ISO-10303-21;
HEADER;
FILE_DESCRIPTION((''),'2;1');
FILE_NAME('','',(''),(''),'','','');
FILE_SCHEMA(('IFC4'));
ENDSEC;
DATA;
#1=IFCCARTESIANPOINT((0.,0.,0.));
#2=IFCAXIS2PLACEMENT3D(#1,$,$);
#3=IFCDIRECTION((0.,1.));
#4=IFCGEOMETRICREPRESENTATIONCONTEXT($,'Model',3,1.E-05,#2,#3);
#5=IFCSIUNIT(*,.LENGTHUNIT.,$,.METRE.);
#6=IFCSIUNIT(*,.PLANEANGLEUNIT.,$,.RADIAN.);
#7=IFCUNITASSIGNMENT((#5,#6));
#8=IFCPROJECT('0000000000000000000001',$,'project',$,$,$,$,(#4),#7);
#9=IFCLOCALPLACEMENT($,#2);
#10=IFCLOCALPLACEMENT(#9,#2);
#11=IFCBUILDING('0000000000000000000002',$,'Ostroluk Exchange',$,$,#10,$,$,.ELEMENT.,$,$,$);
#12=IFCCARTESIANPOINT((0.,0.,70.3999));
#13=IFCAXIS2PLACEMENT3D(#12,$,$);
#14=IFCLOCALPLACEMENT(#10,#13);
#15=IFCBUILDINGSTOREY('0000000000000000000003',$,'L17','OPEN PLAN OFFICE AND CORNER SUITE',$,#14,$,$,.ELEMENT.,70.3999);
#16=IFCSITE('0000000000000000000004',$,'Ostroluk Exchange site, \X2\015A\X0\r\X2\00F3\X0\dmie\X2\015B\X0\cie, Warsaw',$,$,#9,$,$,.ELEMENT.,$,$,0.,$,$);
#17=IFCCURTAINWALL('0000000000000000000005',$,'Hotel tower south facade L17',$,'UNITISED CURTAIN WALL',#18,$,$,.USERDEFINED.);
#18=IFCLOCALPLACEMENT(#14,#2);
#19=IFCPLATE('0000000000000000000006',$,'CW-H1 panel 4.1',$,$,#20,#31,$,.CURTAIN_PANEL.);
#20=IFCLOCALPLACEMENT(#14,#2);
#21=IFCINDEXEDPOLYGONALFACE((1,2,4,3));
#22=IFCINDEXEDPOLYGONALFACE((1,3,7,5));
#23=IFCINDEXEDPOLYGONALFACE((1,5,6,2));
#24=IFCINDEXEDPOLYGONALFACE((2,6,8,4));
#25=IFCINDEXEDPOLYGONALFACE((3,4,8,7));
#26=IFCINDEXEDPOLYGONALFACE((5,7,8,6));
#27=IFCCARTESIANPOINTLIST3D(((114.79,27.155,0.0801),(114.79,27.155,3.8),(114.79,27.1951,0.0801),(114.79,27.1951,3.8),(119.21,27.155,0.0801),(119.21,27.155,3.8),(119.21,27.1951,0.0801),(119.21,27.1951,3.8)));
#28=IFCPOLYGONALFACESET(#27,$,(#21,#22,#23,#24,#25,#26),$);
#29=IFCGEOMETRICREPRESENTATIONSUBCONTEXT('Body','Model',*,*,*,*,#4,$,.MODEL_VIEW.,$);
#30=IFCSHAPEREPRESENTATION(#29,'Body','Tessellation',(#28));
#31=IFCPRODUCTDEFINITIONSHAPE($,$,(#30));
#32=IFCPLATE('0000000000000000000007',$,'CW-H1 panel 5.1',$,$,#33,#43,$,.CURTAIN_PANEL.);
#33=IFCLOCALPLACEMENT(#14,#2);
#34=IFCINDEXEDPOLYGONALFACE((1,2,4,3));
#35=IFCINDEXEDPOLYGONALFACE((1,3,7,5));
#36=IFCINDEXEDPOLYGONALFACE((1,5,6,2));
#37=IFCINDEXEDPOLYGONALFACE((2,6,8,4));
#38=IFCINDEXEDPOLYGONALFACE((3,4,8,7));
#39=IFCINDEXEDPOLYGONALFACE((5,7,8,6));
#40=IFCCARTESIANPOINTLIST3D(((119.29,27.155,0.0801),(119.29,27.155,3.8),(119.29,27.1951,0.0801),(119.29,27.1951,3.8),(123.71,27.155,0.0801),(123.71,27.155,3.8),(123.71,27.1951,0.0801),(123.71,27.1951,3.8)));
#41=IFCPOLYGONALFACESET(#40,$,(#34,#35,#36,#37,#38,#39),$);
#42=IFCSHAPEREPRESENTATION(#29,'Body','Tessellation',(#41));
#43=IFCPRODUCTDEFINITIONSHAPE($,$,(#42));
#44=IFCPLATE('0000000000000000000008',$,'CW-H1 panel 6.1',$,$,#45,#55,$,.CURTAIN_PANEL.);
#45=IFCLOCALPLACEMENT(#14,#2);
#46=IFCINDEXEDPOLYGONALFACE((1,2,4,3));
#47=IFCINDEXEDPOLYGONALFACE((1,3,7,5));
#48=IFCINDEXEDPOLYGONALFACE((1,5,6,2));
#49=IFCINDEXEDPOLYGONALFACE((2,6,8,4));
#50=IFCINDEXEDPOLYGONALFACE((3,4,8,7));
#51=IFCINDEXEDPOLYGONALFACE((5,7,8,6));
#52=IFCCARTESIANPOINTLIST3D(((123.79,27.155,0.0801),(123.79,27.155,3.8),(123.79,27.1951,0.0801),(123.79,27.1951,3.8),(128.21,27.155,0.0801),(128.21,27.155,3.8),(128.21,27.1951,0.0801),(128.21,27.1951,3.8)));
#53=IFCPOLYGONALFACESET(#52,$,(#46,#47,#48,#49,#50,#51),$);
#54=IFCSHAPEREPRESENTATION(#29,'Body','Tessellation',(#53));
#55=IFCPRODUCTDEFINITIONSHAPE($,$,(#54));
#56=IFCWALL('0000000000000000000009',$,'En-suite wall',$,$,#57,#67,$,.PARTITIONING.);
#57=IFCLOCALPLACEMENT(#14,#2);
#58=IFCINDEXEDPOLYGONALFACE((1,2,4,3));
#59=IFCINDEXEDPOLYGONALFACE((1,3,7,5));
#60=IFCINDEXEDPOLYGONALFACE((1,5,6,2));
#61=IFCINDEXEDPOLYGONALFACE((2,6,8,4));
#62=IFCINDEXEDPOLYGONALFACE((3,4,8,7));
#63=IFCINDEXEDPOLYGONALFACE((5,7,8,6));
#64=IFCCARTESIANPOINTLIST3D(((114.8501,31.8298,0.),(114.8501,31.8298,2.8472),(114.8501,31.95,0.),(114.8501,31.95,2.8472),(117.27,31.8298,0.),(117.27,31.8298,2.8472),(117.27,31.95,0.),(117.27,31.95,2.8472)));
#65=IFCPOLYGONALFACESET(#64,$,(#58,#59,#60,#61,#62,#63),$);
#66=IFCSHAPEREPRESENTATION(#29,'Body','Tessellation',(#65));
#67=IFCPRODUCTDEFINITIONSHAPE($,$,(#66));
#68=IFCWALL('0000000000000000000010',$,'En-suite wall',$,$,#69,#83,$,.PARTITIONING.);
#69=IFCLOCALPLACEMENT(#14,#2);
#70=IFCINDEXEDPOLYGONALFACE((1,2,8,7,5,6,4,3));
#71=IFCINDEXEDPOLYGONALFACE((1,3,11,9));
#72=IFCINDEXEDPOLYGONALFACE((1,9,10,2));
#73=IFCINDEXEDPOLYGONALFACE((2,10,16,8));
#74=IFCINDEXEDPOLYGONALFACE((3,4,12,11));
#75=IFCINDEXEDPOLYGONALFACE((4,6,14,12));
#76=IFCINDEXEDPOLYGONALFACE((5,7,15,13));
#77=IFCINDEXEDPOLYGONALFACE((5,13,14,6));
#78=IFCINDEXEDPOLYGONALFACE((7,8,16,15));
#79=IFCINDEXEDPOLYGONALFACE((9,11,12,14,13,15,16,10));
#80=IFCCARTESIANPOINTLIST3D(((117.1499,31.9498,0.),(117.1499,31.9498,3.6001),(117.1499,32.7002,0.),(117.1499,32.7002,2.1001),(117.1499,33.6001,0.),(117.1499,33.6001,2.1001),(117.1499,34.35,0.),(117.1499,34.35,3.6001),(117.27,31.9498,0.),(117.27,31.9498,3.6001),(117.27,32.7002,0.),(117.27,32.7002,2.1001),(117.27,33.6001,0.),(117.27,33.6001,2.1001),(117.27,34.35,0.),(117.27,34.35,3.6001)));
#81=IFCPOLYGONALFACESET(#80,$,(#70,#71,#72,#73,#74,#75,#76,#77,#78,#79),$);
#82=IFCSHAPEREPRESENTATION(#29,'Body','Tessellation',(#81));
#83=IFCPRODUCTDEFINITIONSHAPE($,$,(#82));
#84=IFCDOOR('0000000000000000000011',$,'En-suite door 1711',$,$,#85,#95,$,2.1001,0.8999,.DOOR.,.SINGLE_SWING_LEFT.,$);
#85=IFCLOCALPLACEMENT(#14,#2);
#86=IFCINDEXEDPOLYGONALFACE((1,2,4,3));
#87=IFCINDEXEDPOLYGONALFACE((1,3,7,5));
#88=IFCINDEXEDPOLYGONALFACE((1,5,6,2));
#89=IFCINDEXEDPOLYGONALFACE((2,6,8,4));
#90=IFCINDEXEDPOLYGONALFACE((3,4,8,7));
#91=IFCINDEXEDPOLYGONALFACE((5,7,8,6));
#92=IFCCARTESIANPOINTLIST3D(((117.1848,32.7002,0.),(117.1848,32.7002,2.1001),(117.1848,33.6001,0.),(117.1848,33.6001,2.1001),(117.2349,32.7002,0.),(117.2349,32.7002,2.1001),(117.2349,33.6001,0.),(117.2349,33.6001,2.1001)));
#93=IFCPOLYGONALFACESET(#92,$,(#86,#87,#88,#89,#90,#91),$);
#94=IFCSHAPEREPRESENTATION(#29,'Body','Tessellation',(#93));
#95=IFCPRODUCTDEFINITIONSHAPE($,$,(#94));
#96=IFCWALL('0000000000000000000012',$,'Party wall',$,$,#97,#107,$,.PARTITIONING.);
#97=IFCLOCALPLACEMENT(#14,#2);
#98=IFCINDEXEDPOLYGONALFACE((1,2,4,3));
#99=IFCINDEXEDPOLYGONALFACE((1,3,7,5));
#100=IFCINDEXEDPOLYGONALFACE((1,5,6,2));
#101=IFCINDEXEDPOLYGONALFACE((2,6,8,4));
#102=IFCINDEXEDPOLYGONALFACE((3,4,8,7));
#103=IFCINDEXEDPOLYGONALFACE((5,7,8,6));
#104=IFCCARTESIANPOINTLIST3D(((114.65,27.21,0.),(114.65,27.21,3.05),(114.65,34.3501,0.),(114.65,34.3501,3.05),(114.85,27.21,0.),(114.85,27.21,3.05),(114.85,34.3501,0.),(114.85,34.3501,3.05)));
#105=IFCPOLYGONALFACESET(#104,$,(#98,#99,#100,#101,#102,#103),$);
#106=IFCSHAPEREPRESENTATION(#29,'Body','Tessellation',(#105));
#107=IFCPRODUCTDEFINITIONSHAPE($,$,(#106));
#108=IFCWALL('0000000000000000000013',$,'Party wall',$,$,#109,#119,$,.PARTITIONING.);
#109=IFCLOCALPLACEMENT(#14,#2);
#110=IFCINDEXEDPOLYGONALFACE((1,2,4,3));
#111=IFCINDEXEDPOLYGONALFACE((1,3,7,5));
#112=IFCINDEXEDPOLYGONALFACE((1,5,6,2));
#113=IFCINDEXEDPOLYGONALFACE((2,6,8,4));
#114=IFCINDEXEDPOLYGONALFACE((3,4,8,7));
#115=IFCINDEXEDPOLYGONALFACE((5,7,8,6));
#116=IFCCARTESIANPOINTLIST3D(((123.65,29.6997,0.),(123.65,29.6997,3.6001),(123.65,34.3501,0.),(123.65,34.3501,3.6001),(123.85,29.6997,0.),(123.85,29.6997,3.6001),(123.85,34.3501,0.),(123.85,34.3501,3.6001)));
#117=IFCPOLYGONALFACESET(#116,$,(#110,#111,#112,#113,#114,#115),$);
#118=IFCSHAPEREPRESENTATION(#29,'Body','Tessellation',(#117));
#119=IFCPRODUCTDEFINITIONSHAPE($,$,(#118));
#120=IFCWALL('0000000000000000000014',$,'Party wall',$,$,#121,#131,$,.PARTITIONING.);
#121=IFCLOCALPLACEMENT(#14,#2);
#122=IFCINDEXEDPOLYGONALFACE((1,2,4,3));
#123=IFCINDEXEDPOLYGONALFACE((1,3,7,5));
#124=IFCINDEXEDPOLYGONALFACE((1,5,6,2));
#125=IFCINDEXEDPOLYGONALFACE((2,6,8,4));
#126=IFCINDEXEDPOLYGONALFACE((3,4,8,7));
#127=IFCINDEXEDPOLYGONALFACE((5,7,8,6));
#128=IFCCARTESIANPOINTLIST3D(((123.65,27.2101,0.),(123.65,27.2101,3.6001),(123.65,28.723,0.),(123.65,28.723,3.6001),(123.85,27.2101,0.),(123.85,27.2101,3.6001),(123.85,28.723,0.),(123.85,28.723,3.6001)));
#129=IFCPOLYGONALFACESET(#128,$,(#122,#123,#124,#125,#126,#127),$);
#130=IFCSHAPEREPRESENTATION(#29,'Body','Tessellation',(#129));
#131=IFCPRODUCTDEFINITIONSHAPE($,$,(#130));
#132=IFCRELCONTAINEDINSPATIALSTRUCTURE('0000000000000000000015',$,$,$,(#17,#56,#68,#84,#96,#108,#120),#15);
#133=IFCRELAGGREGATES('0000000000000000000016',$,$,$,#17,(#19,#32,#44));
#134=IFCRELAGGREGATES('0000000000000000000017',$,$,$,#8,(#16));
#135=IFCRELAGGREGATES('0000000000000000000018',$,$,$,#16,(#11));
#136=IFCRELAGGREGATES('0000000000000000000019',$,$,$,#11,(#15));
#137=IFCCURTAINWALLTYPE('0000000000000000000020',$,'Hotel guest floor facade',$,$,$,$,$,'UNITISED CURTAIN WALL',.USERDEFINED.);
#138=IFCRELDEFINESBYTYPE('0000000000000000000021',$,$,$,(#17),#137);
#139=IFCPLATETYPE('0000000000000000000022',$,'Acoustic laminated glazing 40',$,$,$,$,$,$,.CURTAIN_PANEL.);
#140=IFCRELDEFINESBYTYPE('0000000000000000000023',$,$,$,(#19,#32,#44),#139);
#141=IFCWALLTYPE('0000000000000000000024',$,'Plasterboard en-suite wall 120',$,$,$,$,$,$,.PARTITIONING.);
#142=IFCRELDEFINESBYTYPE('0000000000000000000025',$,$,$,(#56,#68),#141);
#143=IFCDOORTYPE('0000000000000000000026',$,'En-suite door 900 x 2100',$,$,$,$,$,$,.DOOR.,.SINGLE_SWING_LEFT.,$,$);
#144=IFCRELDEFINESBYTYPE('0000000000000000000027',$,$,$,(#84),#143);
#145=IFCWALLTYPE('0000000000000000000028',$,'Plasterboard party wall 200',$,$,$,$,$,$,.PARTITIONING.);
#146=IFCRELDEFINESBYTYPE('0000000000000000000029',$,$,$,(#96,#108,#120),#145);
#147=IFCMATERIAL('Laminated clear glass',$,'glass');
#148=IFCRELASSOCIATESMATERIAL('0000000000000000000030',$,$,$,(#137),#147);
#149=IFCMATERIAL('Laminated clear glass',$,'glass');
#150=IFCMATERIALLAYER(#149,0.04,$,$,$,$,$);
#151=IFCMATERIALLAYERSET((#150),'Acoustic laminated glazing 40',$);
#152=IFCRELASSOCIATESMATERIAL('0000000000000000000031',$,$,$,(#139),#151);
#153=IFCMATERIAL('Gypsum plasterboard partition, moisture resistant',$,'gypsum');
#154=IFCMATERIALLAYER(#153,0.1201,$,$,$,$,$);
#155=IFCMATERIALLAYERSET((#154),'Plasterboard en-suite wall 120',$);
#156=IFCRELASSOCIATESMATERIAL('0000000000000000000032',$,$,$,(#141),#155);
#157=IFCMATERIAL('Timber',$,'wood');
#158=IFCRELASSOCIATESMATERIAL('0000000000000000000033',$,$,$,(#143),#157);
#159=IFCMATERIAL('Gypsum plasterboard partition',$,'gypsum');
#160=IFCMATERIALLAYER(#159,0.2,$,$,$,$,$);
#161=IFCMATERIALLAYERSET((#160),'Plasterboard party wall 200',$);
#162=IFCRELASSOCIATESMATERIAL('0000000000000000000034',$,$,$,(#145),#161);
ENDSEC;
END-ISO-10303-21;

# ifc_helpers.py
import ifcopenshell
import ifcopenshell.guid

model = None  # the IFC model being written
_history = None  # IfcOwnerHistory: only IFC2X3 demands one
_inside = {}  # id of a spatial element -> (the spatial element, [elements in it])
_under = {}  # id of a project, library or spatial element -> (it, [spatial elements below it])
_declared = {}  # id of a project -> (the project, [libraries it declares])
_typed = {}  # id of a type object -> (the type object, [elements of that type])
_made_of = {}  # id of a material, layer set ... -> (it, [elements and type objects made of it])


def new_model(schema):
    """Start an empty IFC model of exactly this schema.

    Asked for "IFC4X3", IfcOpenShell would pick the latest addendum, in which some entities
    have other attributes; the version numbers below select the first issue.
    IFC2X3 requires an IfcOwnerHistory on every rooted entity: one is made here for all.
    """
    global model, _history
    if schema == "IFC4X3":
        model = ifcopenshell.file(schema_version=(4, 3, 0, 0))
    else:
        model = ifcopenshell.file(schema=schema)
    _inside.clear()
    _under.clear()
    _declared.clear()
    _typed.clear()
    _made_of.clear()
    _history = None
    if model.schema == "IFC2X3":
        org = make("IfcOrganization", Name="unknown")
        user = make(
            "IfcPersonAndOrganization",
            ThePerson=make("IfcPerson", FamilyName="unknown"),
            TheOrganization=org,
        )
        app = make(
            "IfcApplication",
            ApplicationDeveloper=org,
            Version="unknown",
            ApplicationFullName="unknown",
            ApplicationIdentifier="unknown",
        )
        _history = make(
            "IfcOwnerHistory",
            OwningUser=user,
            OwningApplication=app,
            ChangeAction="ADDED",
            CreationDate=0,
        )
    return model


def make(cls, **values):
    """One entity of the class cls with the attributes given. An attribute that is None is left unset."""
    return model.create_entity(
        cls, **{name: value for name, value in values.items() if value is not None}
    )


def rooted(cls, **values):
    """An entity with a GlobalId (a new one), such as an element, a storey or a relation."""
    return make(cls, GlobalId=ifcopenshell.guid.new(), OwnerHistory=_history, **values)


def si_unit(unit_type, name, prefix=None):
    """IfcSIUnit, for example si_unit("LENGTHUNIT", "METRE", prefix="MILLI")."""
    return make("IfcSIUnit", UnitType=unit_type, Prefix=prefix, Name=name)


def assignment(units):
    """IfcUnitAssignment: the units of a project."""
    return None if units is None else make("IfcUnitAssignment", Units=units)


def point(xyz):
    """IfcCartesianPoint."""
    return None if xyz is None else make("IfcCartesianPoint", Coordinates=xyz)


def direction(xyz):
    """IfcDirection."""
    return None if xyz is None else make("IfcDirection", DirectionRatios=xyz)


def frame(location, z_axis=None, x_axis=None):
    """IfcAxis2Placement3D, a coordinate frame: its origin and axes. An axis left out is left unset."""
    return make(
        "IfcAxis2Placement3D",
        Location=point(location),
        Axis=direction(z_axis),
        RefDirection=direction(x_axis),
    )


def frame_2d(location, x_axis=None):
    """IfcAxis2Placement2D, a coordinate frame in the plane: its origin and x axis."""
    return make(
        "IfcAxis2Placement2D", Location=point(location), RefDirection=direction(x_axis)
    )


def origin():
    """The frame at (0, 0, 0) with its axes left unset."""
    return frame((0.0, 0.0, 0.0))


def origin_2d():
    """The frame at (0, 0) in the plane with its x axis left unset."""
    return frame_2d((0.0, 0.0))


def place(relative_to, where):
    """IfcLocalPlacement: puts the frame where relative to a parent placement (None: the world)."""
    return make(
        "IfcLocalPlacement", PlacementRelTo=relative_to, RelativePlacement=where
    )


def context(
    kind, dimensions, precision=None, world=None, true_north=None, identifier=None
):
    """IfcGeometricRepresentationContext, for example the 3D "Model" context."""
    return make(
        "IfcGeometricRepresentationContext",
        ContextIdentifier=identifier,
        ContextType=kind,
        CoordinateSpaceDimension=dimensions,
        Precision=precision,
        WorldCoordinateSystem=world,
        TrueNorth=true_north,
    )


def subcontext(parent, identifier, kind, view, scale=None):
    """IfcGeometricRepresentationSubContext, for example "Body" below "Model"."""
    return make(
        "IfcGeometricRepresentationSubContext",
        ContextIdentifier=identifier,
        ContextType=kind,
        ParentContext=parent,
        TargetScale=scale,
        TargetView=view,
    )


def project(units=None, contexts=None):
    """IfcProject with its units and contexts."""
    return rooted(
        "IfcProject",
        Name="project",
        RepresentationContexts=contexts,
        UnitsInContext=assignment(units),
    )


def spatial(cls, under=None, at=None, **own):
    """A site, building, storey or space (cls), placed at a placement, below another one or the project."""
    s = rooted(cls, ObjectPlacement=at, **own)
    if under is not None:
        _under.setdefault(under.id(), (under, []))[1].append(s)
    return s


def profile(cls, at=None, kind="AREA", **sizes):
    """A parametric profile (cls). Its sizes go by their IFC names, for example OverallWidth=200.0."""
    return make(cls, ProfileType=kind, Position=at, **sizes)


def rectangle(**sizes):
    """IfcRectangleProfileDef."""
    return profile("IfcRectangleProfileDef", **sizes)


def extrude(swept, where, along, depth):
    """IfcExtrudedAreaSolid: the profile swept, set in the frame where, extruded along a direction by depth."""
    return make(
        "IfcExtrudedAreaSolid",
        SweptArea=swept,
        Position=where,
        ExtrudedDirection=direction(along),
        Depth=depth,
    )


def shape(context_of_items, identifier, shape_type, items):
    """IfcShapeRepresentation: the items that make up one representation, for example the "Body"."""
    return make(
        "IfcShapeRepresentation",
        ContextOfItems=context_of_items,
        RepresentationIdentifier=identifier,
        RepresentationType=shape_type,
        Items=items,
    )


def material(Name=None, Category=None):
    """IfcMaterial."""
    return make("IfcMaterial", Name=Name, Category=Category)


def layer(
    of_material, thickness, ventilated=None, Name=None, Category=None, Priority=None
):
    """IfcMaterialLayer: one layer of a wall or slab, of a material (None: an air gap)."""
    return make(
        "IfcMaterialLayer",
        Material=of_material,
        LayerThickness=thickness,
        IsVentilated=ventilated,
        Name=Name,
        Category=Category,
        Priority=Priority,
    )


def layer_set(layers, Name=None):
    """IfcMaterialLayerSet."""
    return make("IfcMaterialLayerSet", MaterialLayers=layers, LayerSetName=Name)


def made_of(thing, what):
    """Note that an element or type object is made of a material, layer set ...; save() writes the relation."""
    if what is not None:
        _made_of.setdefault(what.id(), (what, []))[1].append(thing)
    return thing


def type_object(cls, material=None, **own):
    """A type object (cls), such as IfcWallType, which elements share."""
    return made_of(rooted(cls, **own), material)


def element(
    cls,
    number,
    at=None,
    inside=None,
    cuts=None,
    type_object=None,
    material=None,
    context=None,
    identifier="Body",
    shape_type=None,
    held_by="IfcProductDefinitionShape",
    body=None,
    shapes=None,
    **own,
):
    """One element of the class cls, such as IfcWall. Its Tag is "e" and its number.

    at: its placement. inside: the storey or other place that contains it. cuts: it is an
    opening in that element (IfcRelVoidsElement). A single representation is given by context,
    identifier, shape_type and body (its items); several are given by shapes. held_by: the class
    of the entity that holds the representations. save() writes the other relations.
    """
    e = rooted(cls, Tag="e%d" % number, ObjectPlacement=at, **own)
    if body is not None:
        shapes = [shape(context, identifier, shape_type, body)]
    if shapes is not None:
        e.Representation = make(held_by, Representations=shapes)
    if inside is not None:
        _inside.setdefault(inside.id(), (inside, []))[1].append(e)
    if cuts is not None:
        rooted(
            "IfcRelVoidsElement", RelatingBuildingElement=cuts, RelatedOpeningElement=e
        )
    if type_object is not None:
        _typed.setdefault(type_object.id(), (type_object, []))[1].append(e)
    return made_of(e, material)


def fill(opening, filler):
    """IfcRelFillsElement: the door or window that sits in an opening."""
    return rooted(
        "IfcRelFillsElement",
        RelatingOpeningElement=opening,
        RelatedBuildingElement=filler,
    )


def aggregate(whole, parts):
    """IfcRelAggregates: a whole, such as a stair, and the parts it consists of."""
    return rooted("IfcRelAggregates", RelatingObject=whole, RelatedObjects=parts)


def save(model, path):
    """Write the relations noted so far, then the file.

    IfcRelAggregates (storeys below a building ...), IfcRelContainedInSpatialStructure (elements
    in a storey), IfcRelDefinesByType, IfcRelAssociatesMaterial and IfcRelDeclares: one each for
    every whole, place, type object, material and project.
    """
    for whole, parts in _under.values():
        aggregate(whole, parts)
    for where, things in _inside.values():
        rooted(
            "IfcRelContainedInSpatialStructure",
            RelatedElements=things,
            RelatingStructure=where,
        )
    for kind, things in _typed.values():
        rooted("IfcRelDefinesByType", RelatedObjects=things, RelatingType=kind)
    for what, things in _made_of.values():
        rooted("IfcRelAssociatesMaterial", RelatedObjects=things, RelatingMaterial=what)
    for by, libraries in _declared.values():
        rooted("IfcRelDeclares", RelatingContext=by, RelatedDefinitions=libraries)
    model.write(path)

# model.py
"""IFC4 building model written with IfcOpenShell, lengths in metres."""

from ifc_helpers import new_model, si_unit, direction, frame, frame_2d, origin, origin_2d, place, context, subcontext, project, spatial, rectangle, extrude, material, layer, layer_set, type_object, element, fill, aggregate, save


model = new_model("IFC4")

# Units and contexts
model_context = context("Model", 3, precision=1e-05, world=origin(), true_north=direction((0.0, 1.0)))
body_context = subcontext(model_context, "Body", "Model", "MODEL_VIEW")
ifc_project = project(units=[si_unit("LENGTHUNIT", "METRE"), si_unit("PLANEANGLEUNIT", "RADIAN")], contexts=[model_context])

# Site, building, storey
site_placement = place(None, origin())
site = spatial("IfcSite", under=ifc_project, at=site_placement, Name="Ostroluk Exchange site, Śródmieście, Warsaw", CompositionType="ELEMENT", RefElevation=0.0)
building_placement = place(site_placement, origin())
building = spatial("IfcBuilding", under=site, at=building_placement, Name="Ostroluk Exchange", CompositionType="ELEMENT")
storey_placement = place(building_placement, frame((0.0, 0.0, 70.3999)))
storey = spatial("IfcBuildingStorey", under=building, at=storey_placement, Name="L17", Description="OPEN PLAN OFFICE AND CORNER SUITE", CompositionType="ELEMENT", Elevation=70.3999)

# Curtain wall, plates
ifc_material_1 = material(Name="Laminated clear glass", Category="glass")
curtain_wall_type = type_object("IfcCurtainWallType", Name="Hotel guest floor facade", ElementType="UNITISED CURTAIN WALL", PredefinedType="USERDEFINED", material=ifc_material_1)
curtain_wall_placement = place(storey_placement, origin())
curtain_wall = element("IfcCurtainWall", 1, at=curtain_wall_placement, inside=storey, type_object=curtain_wall_type, Name="Hotel tower south facade L17", ObjectType="UNITISED CURTAIN WALL", PredefinedType="USERDEFINED")
ifc_material_2 = material(Name="Laminated clear glass", Category="glass")
ifc_layer_1 = layer(ifc_material_2, 0.04)
ifc_layer_set_1 = layer_set([ifc_layer_1], Name="Acoustic laminated glazing 40")
plate_type = type_object("IfcPlateType", Name="Acoustic laminated glazing 40", PredefinedType="CURTAIN_PANEL", material=ifc_layer_set_1)
plate_1_placement = place(storey_placement, frame((117.0, 27.175, 0.0801), z_axis=(0.0, 0.0, 1.0), x_axis=(1.0, 0.0, 0.0)))
plate_1 = element("IfcPlate", 2, at=plate_1_placement, type_object=plate_type, Name="CW-H1 panel 4.1", PredefinedType="CURTAIN_PANEL", context=body_context, shape_type="SweptSolid", body=[
    extrude(rectangle(XDim=4.4199, YDim=0.04, at=origin_2d()), origin(), (0.0, 0.0, 1.0), 3.72),
])
plate_2_placement = place(storey_placement, frame((121.5, 27.175, 0.0801), z_axis=(0.0, 0.0, 1.0), x_axis=(1.0, 0.0, 0.0)))
plate_2 = element("IfcPlate", 3, at=plate_2_placement, type_object=plate_type, Name="CW-H1 panel 5.1", PredefinedType="CURTAIN_PANEL", context=body_context, shape_type="SweptSolid", body=[
    extrude(rectangle(XDim=4.4199, YDim=0.04, at=origin_2d()), origin(), (0.0, 0.0, 1.0), 3.72),
])
plate_3_placement = place(storey_placement, frame((126.0, 27.175, 0.0801), z_axis=(0.0, 0.0, 1.0), x_axis=(1.0, 0.0, 0.0)))
plate_3 = element("IfcPlate", 4, at=plate_3_placement, type_object=plate_type, Name="CW-H1 panel 6.1", PredefinedType="CURTAIN_PANEL", context=body_context, shape_type="SweptSolid", body=[
    extrude(rectangle(XDim=4.4199, YDim=0.04, at=origin_2d()), origin(), (0.0, 0.0, 1.0), 3.72),
])
aggregate(curtain_wall, [plate_1, plate_2, plate_3])

# Wall
ifc_material_3 = material(Name="Gypsum plasterboard partition, moisture resistant", Category="gypsum")
ifc_layer_2 = layer(ifc_material_3, 0.1201)
ifc_layer_set_2 = layer_set([ifc_layer_2], Name="Plasterboard en-suite wall 120")
wall_type_1 = type_object("IfcWallType", Name="Plasterboard en-suite wall 120", PredefinedType="PARTITIONING", material=ifc_layer_set_2)
wall_1_placement = place(storey_placement, frame((114.8501, 31.8899, 0.0), z_axis=(0.0, 0.0, 1.0), x_axis=(1.0, 0.0, 0.0)))
element("IfcWall", 5, at=wall_1_placement, inside=storey, type_object=wall_type_1, Name="En-suite wall", PredefinedType="PARTITIONING", context=body_context, shape_type="SweptSolid", body=[
    extrude(rectangle(XDim=2.4199, YDim=0.1201, at=frame_2d((1.21, 0.0))), origin(), (0.0, 0.0, 1.0), 2.8472),
])

# Wall, opening, door
wall_2_placement = place(storey_placement, frame((117.21, 34.3501, 0.0), z_axis=(0.0, 0.0, 1.0), x_axis=(0.0, -1.0, 0.0)))
wall_2 = element("IfcWall", 6, at=wall_2_placement, inside=storey, type_object=wall_type_1, Name="En-suite wall", PredefinedType="PARTITIONING", context=body_context, shape_type="SweptSolid", body=[
    extrude(rectangle(XDim=2.4001, YDim=0.1201, at=frame_2d((1.2002, 0.0))), origin(), (0.0, 0.0, 1.0), 3.6001),
])
opening_placement = place(wall_2_placement, frame((0.75, 0.0, 0.0)))
opening = element("IfcOpeningElement", 7, at=opening_placement, cuts=wall_2, PredefinedType="OPENING", context=body_context, shape_type="SweptSolid", body=[
    extrude(rectangle(XDim=0.8999, YDim=2.1001, at=frame_2d((0.45, 1.05))), frame((0.0, 0.0701, 0.0), z_axis=(0.0, -1.0, 0.0), x_axis=(1.0, 0.0, 0.0)), (0.0, 0.0, 1.0), 0.1401),
])
ifc_material_4 = material(Name="Timber", Category="wood")
door_type = type_object("IfcDoorType", Name="En-suite door 900 x 2100", OperationType="SINGLE_SWING_LEFT", PredefinedType="DOOR", material=ifc_material_4)
door_placement = place(opening_placement, origin())
door = element("IfcDoor", 8, at=door_placement, inside=storey, type_object=door_type, Name="En-suite door 1711", OperationType="SINGLE_SWING_LEFT", OverallHeight=2.1001, OverallWidth=0.8999, PredefinedType="DOOR", context=body_context, shape_type="SweptSolid", body=[
    extrude(rectangle(XDim=0.8999, YDim=2.1001, at=frame_2d((0.45, 1.05))), frame((0.0, 0.0249, 0.0), z_axis=(0.0, -1.0, 0.0), x_axis=(1.0, 0.0, 0.0)), (0.0, 0.0, 1.0), 0.05),
])
fill(opening, door)

# Walls
ifc_material_5 = material(Name="Gypsum plasterboard partition", Category="gypsum")
ifc_layer_3 = layer(ifc_material_5, 0.2)
ifc_layer_set_3 = layer_set([ifc_layer_3], Name="Plasterboard party wall 200")
wall_type_2 = type_object("IfcWallType", Name="Plasterboard party wall 200", PredefinedType="PARTITIONING", material=ifc_layer_set_3)
wall_3_placement = place(storey_placement, frame((114.75, 34.3501, 0.0), z_axis=(0.0, 0.0, 1.0), x_axis=(0.0, -1.0, 0.0)))
element("IfcWall", 9, at=wall_3_placement, inside=storey, type_object=wall_type_2, Name="Party wall", PredefinedType="PARTITIONING", context=body_context, shape_type="SweptSolid", body=[
    extrude(rectangle(XDim=7.1401, YDim=0.2, at=frame_2d((3.5701, 0.0))), origin(), (0.0, 0.0, 1.0), 3.05),
])
wall_4_placement = place(storey_placement, frame((123.75, 34.3501, 0.0), z_axis=(0.0, 0.0, 1.0), x_axis=(0.0, -1.0, 0.0)))
element("IfcWall", 10, at=wall_4_placement, inside=storey, type_object=wall_type_2, Name="Party wall", PredefinedType="PARTITIONING", context=body_context, shape_type="SweptSolid", body=[
    extrude(rectangle(XDim=4.6504, YDim=0.2, at=frame_2d((2.3252, 0.0))), origin(), (0.0, 0.0, 1.0), 3.6001),
])
wall_5_placement = place(storey_placement, frame((123.75, 28.7229, 0.0), z_axis=(0.0, 0.0, 1.0), x_axis=(0.0, -1.0, 0.0)))
element("IfcWall", 11, at=wall_5_placement, inside=storey, type_object=wall_type_2, Name="Party wall", PredefinedType="PARTITIONING", context=body_context, shape_type="SweptSolid", body=[
    extrude(rectangle(XDim=1.5129, YDim=0.2, at=frame_2d((0.7563, 0.0))), origin(), (0.0, 0.0, 1.0), 3.6001),
])

save(model, "model.ifc")
